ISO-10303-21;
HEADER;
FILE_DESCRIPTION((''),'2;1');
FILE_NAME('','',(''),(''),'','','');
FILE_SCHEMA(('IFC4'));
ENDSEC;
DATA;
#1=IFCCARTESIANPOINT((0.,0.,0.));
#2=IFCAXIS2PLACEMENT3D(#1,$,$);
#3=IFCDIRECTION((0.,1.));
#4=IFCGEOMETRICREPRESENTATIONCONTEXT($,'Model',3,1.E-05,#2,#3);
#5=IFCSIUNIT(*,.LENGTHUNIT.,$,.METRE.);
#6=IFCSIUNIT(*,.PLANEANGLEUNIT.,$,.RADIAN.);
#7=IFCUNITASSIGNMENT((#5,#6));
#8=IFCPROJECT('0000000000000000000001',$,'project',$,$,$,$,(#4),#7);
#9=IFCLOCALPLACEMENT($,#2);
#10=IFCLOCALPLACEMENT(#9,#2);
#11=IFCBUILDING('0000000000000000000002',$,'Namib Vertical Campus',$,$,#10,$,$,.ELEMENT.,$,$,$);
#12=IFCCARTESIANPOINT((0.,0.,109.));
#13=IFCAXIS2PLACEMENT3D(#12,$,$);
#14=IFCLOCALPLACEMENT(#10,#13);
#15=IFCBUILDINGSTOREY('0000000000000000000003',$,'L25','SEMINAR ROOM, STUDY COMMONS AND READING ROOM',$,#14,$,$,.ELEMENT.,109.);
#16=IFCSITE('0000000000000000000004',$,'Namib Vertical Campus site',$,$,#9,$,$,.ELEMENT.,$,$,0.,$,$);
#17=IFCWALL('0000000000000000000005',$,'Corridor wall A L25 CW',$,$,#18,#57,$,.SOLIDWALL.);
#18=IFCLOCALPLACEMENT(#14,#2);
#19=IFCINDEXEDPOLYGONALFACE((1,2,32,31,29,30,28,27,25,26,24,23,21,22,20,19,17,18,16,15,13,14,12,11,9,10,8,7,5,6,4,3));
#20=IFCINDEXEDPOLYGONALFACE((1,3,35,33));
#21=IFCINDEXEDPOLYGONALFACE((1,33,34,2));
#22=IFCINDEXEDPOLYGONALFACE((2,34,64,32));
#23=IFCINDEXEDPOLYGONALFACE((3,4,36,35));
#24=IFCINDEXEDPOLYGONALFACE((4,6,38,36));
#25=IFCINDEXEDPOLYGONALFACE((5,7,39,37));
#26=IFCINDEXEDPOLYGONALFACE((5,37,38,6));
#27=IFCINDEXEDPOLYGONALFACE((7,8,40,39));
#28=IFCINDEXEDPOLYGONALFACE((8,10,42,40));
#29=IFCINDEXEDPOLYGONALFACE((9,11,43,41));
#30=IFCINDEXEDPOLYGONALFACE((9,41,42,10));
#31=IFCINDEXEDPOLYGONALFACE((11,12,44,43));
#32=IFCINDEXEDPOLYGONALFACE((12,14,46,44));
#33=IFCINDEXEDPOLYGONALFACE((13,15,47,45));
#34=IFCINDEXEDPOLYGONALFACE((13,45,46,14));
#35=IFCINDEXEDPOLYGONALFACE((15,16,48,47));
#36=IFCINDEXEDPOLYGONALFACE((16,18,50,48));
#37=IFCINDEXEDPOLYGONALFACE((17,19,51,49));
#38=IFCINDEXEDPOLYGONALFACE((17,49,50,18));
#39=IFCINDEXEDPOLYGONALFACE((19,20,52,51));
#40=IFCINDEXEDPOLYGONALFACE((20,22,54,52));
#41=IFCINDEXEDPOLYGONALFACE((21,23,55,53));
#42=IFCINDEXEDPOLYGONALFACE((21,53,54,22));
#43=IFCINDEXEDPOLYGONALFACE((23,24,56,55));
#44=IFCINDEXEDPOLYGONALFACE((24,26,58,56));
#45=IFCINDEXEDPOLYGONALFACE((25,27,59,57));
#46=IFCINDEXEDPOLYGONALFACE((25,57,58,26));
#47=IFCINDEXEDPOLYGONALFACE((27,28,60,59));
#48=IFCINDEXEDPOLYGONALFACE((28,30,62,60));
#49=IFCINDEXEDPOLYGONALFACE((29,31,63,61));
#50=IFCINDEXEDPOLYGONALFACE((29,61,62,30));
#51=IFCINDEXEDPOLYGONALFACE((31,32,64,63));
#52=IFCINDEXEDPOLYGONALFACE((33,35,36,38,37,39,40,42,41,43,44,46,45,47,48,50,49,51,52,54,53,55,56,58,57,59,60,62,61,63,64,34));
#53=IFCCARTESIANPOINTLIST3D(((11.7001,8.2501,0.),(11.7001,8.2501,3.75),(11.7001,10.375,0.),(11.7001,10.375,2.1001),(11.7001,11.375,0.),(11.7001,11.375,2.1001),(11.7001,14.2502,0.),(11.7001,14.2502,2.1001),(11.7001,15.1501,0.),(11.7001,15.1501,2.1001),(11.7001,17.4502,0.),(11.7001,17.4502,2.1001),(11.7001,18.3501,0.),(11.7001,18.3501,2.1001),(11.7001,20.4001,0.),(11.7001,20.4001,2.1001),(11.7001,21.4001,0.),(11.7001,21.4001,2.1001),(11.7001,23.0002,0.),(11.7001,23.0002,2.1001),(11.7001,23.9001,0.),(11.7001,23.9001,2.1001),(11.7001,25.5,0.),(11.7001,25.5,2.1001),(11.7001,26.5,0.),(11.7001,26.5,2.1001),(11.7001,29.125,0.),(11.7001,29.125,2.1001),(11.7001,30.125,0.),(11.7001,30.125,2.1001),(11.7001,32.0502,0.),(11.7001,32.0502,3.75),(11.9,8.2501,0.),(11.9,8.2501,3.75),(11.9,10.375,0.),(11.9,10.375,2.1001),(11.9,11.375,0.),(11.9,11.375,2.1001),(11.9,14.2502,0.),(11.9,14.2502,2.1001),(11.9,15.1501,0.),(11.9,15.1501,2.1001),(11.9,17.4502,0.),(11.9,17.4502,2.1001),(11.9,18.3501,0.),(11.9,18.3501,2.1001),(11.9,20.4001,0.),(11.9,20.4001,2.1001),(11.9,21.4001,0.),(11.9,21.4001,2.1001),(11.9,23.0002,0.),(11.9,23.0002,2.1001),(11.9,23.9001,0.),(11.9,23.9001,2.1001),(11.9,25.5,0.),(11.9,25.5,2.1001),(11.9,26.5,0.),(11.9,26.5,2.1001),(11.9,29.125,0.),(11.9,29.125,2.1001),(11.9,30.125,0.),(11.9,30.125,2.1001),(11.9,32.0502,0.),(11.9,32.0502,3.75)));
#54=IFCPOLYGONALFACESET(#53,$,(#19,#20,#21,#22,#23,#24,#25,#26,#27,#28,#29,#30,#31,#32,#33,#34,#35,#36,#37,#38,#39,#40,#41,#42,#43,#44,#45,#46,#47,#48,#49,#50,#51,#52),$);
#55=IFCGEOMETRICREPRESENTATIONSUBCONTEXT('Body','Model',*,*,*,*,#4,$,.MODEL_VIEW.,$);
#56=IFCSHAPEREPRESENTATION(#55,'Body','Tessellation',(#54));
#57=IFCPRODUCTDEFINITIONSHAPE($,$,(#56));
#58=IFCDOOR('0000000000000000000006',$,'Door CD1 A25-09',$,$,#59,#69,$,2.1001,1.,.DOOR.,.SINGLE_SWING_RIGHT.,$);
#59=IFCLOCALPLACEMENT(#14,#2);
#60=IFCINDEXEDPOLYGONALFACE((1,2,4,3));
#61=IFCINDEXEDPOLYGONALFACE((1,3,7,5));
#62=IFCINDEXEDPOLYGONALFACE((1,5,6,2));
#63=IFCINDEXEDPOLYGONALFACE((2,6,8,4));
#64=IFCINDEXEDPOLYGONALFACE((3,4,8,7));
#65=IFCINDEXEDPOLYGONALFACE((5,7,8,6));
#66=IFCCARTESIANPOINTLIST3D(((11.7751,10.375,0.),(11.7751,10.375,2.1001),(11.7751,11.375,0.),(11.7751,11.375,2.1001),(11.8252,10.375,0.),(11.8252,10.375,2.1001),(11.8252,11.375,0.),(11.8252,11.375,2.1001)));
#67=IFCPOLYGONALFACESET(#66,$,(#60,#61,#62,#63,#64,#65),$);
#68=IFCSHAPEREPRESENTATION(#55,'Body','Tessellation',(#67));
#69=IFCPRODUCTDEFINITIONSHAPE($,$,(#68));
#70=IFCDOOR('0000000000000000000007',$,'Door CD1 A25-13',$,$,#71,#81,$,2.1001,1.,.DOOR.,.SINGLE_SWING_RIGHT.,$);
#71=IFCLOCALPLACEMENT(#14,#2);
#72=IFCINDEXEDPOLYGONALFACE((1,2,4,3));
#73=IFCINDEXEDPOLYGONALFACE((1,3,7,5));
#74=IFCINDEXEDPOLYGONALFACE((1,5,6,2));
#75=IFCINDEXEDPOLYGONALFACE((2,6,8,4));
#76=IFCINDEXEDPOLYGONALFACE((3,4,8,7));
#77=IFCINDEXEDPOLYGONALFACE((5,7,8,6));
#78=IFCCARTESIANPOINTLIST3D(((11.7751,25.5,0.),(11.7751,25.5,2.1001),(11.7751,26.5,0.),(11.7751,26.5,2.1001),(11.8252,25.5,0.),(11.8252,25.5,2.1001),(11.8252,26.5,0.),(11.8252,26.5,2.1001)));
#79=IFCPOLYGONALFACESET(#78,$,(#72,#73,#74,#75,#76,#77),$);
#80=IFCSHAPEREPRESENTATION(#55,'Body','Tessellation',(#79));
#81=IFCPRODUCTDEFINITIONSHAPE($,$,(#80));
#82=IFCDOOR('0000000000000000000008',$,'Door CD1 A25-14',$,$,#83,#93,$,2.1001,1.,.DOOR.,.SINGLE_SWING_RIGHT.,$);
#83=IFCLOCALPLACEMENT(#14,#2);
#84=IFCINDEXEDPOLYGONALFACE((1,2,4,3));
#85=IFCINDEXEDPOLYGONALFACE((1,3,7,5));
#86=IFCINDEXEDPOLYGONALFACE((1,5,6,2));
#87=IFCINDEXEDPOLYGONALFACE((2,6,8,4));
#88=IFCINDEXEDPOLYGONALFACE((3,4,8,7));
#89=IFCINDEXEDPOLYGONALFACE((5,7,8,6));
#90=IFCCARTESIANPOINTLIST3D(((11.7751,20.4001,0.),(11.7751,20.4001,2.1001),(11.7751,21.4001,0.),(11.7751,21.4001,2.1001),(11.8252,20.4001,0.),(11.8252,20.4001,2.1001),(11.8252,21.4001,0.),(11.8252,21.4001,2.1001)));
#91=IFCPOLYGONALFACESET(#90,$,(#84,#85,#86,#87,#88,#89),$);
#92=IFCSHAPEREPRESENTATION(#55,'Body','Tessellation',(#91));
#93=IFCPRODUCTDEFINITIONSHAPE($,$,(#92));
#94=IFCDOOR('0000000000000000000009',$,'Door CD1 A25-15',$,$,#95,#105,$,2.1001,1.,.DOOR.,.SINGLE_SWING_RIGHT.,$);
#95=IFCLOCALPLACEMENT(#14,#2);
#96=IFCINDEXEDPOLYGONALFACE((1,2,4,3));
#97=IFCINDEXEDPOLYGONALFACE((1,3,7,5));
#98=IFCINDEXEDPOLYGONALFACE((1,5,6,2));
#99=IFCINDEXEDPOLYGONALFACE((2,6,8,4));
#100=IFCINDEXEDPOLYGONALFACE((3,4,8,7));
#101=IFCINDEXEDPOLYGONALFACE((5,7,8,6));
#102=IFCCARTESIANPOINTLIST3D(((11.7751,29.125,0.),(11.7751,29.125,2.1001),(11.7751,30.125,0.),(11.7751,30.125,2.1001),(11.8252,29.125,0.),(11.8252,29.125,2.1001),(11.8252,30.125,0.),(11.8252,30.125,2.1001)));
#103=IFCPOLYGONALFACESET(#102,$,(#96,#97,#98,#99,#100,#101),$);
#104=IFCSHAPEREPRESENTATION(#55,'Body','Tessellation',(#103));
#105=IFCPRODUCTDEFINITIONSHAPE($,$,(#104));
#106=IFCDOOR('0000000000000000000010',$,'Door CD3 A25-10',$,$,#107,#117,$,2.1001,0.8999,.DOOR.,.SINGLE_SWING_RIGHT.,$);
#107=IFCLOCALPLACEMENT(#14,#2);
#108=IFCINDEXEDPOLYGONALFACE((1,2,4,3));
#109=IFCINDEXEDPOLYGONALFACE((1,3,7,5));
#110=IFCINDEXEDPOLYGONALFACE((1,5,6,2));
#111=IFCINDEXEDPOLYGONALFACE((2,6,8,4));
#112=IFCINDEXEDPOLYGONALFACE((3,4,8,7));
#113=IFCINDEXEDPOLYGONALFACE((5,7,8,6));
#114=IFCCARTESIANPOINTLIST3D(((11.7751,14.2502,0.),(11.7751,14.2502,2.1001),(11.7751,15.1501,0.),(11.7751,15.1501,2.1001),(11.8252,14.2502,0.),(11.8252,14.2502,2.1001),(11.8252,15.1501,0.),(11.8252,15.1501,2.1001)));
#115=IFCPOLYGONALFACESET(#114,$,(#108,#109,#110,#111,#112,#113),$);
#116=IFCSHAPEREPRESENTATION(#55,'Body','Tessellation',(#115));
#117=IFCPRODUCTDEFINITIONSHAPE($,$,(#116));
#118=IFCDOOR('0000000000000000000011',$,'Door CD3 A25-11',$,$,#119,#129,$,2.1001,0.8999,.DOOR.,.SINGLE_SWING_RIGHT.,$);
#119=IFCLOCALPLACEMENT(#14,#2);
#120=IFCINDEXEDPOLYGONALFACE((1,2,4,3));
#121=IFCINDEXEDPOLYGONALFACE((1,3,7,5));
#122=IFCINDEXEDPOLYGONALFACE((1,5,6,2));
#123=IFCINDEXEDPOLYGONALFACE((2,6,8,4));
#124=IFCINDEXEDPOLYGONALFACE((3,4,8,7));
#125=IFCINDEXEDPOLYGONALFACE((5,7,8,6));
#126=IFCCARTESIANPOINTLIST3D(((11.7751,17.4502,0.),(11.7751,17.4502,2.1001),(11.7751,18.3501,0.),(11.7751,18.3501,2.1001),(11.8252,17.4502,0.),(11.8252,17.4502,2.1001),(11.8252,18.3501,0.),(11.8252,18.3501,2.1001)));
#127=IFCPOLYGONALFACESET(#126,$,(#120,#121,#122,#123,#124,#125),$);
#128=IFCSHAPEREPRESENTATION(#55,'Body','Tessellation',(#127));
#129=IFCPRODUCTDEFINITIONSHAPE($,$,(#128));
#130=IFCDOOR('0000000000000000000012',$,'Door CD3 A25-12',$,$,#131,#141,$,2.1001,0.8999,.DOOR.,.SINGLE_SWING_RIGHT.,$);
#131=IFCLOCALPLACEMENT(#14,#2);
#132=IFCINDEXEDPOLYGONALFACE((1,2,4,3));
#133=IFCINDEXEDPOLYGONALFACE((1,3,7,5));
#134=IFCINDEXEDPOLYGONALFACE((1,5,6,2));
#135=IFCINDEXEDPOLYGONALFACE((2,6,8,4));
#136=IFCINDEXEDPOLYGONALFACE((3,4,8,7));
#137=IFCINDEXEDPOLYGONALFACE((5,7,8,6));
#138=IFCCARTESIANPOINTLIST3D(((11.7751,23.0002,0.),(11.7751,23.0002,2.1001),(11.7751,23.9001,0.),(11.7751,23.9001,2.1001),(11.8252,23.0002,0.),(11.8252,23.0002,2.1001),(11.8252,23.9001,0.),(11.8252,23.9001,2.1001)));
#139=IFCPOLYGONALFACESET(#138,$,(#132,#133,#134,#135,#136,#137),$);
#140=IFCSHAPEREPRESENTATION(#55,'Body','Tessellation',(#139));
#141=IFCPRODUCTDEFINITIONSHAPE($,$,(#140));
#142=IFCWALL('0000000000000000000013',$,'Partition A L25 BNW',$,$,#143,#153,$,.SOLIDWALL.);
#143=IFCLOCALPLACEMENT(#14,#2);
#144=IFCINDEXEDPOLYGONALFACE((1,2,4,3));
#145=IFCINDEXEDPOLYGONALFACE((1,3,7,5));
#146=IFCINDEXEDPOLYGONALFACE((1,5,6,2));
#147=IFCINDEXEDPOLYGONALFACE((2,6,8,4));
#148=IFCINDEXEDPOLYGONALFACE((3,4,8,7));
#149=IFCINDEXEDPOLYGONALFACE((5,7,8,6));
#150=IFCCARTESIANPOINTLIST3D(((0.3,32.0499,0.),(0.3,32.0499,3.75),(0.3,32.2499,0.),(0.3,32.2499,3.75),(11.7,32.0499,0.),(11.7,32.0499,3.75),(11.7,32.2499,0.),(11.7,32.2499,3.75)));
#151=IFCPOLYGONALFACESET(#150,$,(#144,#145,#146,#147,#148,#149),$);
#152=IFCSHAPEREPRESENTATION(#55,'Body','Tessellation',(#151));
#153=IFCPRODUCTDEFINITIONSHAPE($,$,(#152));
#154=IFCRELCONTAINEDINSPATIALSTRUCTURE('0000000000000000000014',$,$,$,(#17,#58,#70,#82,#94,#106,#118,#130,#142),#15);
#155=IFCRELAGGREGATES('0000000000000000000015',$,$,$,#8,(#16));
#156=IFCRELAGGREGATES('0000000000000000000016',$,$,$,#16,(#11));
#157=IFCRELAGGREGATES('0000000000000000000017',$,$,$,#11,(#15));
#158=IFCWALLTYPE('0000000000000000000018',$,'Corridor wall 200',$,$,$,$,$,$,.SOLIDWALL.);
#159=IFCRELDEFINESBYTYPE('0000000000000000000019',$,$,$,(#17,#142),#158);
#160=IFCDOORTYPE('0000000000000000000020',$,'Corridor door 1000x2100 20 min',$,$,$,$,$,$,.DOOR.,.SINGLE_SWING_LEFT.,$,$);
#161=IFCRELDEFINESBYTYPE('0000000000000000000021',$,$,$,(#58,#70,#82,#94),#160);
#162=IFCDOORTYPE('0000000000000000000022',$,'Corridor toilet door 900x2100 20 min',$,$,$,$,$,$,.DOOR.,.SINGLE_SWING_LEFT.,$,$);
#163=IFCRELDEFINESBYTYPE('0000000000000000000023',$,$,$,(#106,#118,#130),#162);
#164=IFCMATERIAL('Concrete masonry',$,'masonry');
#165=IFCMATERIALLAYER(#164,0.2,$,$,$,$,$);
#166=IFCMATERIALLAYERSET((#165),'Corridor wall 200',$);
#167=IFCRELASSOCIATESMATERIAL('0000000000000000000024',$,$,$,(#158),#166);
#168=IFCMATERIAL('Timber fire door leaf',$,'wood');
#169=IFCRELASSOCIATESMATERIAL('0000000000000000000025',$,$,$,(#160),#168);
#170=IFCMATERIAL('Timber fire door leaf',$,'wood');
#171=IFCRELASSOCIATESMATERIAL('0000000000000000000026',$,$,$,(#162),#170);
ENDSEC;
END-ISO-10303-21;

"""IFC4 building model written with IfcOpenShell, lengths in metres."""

from ifc_helpers import new_model, si_unit, direction, frame, frame_2d, origin, place, context, subcontext, project, spatial, rectangle, extrude, material, layer, layer_set, type_object, element, fill, save


model = new_model("IFC4")

# Units and contexts
model_context = context("Model", 3, precision=1e-05, world=origin(), true_north=direction((0.0, 1.0)))
body_context = subcontext(model_context, "Body", "Model", "MODEL_VIEW")
ifc_project = project(units=[si_unit("LENGTHUNIT", "METRE"), si_unit("PLANEANGLEUNIT", "RADIAN")], contexts=[model_context])

# Site, building, storey
site_placement = place(None, origin())
site = spatial("IfcSite", under=ifc_project, at=site_placement, Name="Namib Vertical Campus site", CompositionType="ELEMENT", RefElevation=0.0)
building_placement = place(site_placement, origin())
building = spatial("IfcBuilding", under=site, at=building_placement, Name="Namib Vertical Campus", CompositionType="ELEMENT")
storey_placement = place(building_placement, frame((0.0, 0.0, 109.0)))
storey = spatial("IfcBuildingStorey", under=building, at=storey_placement, Name="L25", Description="SEMINAR ROOM, STUDY COMMONS AND READING ROOM", CompositionType="ELEMENT", Elevation=109.0)

# Wall, openings, doors
ifc_material_1 = material(Name="Concrete masonry", Category="masonry")
ifc_layer_1 = layer(ifc_material_1, 0.2)
ifc_layer_set_1 = layer_set([ifc_layer_1], Name="Corridor wall 200")
wall_type_1 = type_object("IfcWallType", Name="Corridor wall 200", PredefinedType="SOLIDWALL", material=ifc_layer_set_1)
wall_1_placement = place(storey_placement, frame((11.8, 32.05, 0.0), z_axis=(0.0, 0.0, 1.0), x_axis=(0.0, -1.0, 0.0)))
wall_1 = element("IfcWall", 1, at=wall_1_placement, inside=storey, type_object=wall_type_1, Name="Corridor wall A L25 CW", PredefinedType="SOLIDWALL", context=body_context, shape_type="SweptSolid", body=[
    extrude(rectangle(XDim=23.8, YDim=0.2, at=frame_2d((11.8999, 0.0))), origin(), (0.0, 0.0, 1.0), 3.75),
])
opening_1_placement = place(wall_1_placement, frame((20.675, 0.0, 0.0)))
opening_1 = element("IfcOpeningElement", 2, at=opening_1_placement, cuts=wall_1, PredefinedType="OPENING", context=body_context, shape_type="SweptSolid", body=[
    extrude(rectangle(XDim=1.0, YDim=2.1001, at=frame_2d((0.5, 1.05))), frame((0.0, 0.1099, 0.0), z_axis=(0.0, -1.0, 0.0), x_axis=(1.0, 0.0, 0.0)), (0.0, 0.0, 1.0), 0.22),
])
opening_2_placement = place(wall_1_placement, frame((16.8999, 0.0, 0.0)))
opening_2 = element("IfcOpeningElement", 3, at=opening_2_placement, cuts=wall_1, PredefinedType="OPENING", context=body_context, shape_type="SweptSolid", body=[
    extrude(rectangle(XDim=0.8999, YDim=2.1001, at=frame_2d((0.45, 1.05))), frame((0.0, 0.1099, 0.0), z_axis=(0.0, -1.0, 0.0), x_axis=(1.0, 0.0, 0.0)), (0.0, 0.0, 1.0), 0.22),
])
opening_3_placement = place(wall_1_placement, frame((13.7, 0.0, 0.0)))
opening_3 = element("IfcOpeningElement", 4, at=opening_3_placement, cuts=wall_1, PredefinedType="OPENING", context=body_context, shape_type="SweptSolid", body=[
    extrude(rectangle(XDim=0.8999, YDim=2.1001, at=frame_2d((0.45, 1.05))), frame((0.0, 0.1099, 0.0), z_axis=(0.0, -1.0, 0.0), x_axis=(1.0, 0.0, 0.0)), (0.0, 0.0, 1.0), 0.22),
])
opening_4_placement = place(wall_1_placement, frame((8.1499, 0.0, 0.0)))
opening_4 = element("IfcOpeningElement", 5, at=opening_4_placement, cuts=wall_1, PredefinedType="OPENING", context=body_context, shape_type="SweptSolid", body=[
    extrude(rectangle(XDim=0.8999, YDim=2.1001, at=frame_2d((0.45, 1.05))), frame((0.0, 0.1099, 0.0), z_axis=(0.0, -1.0, 0.0), x_axis=(1.0, 0.0, 0.0)), (0.0, 0.0, 1.0), 0.22),
])
opening_5_placement = place(wall_1_placement, frame((5.55, 0.0, 0.0)))
opening_5 = element("IfcOpeningElement", 6, at=opening_5_placement, cuts=wall_1, PredefinedType="OPENING", context=body_context, shape_type="SweptSolid", body=[
    extrude(rectangle(XDim=1.0, YDim=2.1001, at=frame_2d((0.5, 1.05))), frame((0.0, 0.1099, 0.0), z_axis=(0.0, -1.0, 0.0), x_axis=(1.0, 0.0, 0.0)), (0.0, 0.0, 1.0), 0.22),
])
opening_6_placement = place(wall_1_placement, frame((10.6499, 0.0, 0.0)))
opening_6 = element("IfcOpeningElement", 7, at=opening_6_placement, cuts=wall_1, PredefinedType="OPENING", context=body_context, shape_type="SweptSolid", body=[
    extrude(rectangle(XDim=1.0, YDim=2.1001, at=frame_2d((0.5, 1.05))), frame((0.0, 0.1099, 0.0), z_axis=(0.0, -1.0, 0.0), x_axis=(1.0, 0.0, 0.0)), (0.0, 0.0, 1.0), 0.22),
])
opening_7_placement = place(wall_1_placement, frame((1.925, 0.0, 0.0)))
opening_7 = element("IfcOpeningElement", 8, at=opening_7_placement, cuts=wall_1, PredefinedType="OPENING", context=body_context, shape_type="SweptSolid", body=[
    extrude(rectangle(XDim=1.0, YDim=2.1001, at=frame_2d((0.5, 1.05))), frame((0.0, 0.1099, 0.0), z_axis=(0.0, -1.0, 0.0), x_axis=(1.0, 0.0, 0.0)), (0.0, 0.0, 1.0), 0.22),
])
ifc_material_2 = material(Name="Timber fire door leaf", Category="wood")
door_type_1 = type_object("IfcDoorType", Name="Corridor door 1000x2100 20 min", OperationType="SINGLE_SWING_LEFT", PredefinedType="DOOR", material=ifc_material_2)
door_1_placement = place(opening_1_placement, frame((1.0, 0.0, 0.0), z_axis=(0.0, 0.0, 1.0), x_axis=(-1.0, 0.0, 0.0)))
door_1 = element("IfcDoor", 9, at=door_1_placement, inside=storey, type_object=door_type_1, Name="Door CD1 A25-09", OperationType="SINGLE_SWING_RIGHT", OverallHeight=2.1001, OverallWidth=1.0, PredefinedType="DOOR", context=body_context, shape_type="SweptSolid", body=[
    extrude(rectangle(XDim=1.0, YDim=2.1001, at=frame_2d((0.5, 1.05))), frame((0.0, 0.0249, 0.0), z_axis=(0.0, -1.0, 0.0), x_axis=(1.0, 0.0, 0.0)), (0.0, 0.0, 1.0), 0.05),
])
fill(opening_1, door_1)
door_2_placement = place(opening_5_placement, frame((1.0, 0.0, 0.0), z_axis=(0.0, 0.0, 1.0), x_axis=(-1.0, 0.0, 0.0)))
door_2 = element("IfcDoor", 10, at=door_2_placement, inside=storey, type_object=door_type_1, Name="Door CD1 A25-13", OperationType="SINGLE_SWING_RIGHT", OverallHeight=2.1001, OverallWidth=1.0, PredefinedType="DOOR", context=body_context, shape_type="SweptSolid", body=[
    extrude(rectangle(XDim=1.0, YDim=2.1001, at=frame_2d((0.5, 1.05))), frame((0.0, 0.0249, 0.0), z_axis=(0.0, -1.0, 0.0), x_axis=(1.0, 0.0, 0.0)), (0.0, 0.0, 1.0), 0.05),
])
fill(opening_5, door_2)
door_3_placement = place(opening_6_placement, frame((1.0, 0.0, 0.0), z_axis=(0.0, 0.0, 1.0), x_axis=(-1.0, 0.0, 0.0)))
door_3 = element("IfcDoor", 11, at=door_3_placement, inside=storey, type_object=door_type_1, Name="Door CD1 A25-14", OperationType="SINGLE_SWING_RIGHT", OverallHeight=2.1001, OverallWidth=1.0, PredefinedType="DOOR", context=body_context, shape_type="SweptSolid", body=[
    extrude(rectangle(XDim=1.0, YDim=2.1001, at=frame_2d((0.5, 1.05))), frame((0.0, 0.0249, 0.0), z_axis=(0.0, -1.0, 0.0), x_axis=(1.0, 0.0, 0.0)), (0.0, 0.0, 1.0), 0.05),
])
fill(opening_6, door_3)
door_4_placement = place(opening_7_placement, frame((1.0, 0.0, 0.0), z_axis=(0.0, 0.0, 1.0), x_axis=(-1.0, 0.0, 0.0)))
door_4 = element("IfcDoor", 12, at=door_4_placement, inside=storey, type_object=door_type_1, Name="Door CD1 A25-15", OperationType="SINGLE_SWING_RIGHT", OverallHeight=2.1001, OverallWidth=1.0, PredefinedType="DOOR", context=body_context, shape_type="SweptSolid", body=[
    extrude(rectangle(XDim=1.0, YDim=2.1001, at=frame_2d((0.5, 1.05))), frame((0.0, 0.0249, 0.0), z_axis=(0.0, -1.0, 0.0), x_axis=(1.0, 0.0, 0.0)), (0.0, 0.0, 1.0), 0.05),
])
fill(opening_7, door_4)
ifc_material_3 = material(Name="Timber fire door leaf", Category="wood")
door_type_2 = type_object("IfcDoorType", Name="Corridor toilet door 900x2100 20 min", OperationType="SINGLE_SWING_LEFT", PredefinedType="DOOR", material=ifc_material_3)
door_5_placement = place(opening_2_placement, frame((0.8999, 0.0, 0.0), z_axis=(0.0, 0.0, 1.0), x_axis=(-1.0, 0.0, 0.0)))
door_5 = element("IfcDoor", 13, at=door_5_placement, inside=storey, type_object=door_type_2, Name="Door CD3 A25-10", OperationType="SINGLE_SWING_RIGHT", OverallHeight=2.1001, OverallWidth=0.8999, PredefinedType="DOOR", context=body_context, shape_type="SweptSolid", body=[
    extrude(rectangle(XDim=0.8999, YDim=2.1001, at=frame_2d((0.45, 1.05))), frame((0.0, 0.0249, 0.0), z_axis=(0.0, -1.0, 0.0), x_axis=(1.0, 0.0, 0.0)), (0.0, 0.0, 1.0), 0.05),
])
fill(opening_2, door_5)
door_6_placement = place(opening_3_placement, frame((0.8999, 0.0, 0.0), z_axis=(0.0, 0.0, 1.0), x_axis=(-1.0, 0.0, 0.0)))
door_6 = element("IfcDoor", 14, at=door_6_placement, inside=storey, type_object=door_type_2, Name="Door CD3 A25-11", OperationType="SINGLE_SWING_RIGHT", OverallHeight=2.1001, OverallWidth=0.8999, PredefinedType="DOOR", context=body_context, shape_type="SweptSolid", body=[
    extrude(rectangle(XDim=0.8999, YDim=2.1001, at=frame_2d((0.45, 1.05))), frame((0.0, 0.0249, 0.0), z_axis=(0.0, -1.0, 0.0), x_axis=(1.0, 0.0, 0.0)), (0.0, 0.0, 1.0), 0.05),
])
fill(opening_3, door_6)
door_7_placement = place(opening_4_placement, frame((0.8999, 0.0, 0.0), z_axis=(0.0, 0.0, 1.0), x_axis=(-1.0, 0.0, 0.0)))
door_7 = element("IfcDoor", 15, at=door_7_placement, inside=storey, type_object=door_type_2, Name="Door CD3 A25-12", OperationType="SINGLE_SWING_RIGHT", OverallHeight=2.1001, OverallWidth=0.8999, PredefinedType="DOOR", context=body_context, shape_type="SweptSolid", body=[
    extrude(rectangle(XDim=0.8999, YDim=2.1001, at=frame_2d((0.45, 1.05))), frame((0.0, 0.0249, 0.0), z_axis=(0.0, -1.0, 0.0), x_axis=(1.0, 0.0, 0.0)), (0.0, 0.0, 1.0), 0.05),
])
fill(opening_4, door_7)

# Wall
wall_2_placement = place(storey_placement, frame((0.3, 32.1499, 0.0), z_axis=(0.0, 0.0, 1.0), x_axis=(1.0, 0.0, 0.0)))
element("IfcWall", 16, at=wall_2_placement, inside=storey, type_object=wall_type_1, Name="Partition A L25 BNW", PredefinedType="SOLIDWALL", context=body_context, shape_type="SweptSolid", body=[
    extrude(rectangle(XDim=11.3999, YDim=0.2, at=frame_2d((5.7, 0.0))), origin(), (0.0, 0.0, 1.0), 3.75),
])

save(model, "model.ifc")
